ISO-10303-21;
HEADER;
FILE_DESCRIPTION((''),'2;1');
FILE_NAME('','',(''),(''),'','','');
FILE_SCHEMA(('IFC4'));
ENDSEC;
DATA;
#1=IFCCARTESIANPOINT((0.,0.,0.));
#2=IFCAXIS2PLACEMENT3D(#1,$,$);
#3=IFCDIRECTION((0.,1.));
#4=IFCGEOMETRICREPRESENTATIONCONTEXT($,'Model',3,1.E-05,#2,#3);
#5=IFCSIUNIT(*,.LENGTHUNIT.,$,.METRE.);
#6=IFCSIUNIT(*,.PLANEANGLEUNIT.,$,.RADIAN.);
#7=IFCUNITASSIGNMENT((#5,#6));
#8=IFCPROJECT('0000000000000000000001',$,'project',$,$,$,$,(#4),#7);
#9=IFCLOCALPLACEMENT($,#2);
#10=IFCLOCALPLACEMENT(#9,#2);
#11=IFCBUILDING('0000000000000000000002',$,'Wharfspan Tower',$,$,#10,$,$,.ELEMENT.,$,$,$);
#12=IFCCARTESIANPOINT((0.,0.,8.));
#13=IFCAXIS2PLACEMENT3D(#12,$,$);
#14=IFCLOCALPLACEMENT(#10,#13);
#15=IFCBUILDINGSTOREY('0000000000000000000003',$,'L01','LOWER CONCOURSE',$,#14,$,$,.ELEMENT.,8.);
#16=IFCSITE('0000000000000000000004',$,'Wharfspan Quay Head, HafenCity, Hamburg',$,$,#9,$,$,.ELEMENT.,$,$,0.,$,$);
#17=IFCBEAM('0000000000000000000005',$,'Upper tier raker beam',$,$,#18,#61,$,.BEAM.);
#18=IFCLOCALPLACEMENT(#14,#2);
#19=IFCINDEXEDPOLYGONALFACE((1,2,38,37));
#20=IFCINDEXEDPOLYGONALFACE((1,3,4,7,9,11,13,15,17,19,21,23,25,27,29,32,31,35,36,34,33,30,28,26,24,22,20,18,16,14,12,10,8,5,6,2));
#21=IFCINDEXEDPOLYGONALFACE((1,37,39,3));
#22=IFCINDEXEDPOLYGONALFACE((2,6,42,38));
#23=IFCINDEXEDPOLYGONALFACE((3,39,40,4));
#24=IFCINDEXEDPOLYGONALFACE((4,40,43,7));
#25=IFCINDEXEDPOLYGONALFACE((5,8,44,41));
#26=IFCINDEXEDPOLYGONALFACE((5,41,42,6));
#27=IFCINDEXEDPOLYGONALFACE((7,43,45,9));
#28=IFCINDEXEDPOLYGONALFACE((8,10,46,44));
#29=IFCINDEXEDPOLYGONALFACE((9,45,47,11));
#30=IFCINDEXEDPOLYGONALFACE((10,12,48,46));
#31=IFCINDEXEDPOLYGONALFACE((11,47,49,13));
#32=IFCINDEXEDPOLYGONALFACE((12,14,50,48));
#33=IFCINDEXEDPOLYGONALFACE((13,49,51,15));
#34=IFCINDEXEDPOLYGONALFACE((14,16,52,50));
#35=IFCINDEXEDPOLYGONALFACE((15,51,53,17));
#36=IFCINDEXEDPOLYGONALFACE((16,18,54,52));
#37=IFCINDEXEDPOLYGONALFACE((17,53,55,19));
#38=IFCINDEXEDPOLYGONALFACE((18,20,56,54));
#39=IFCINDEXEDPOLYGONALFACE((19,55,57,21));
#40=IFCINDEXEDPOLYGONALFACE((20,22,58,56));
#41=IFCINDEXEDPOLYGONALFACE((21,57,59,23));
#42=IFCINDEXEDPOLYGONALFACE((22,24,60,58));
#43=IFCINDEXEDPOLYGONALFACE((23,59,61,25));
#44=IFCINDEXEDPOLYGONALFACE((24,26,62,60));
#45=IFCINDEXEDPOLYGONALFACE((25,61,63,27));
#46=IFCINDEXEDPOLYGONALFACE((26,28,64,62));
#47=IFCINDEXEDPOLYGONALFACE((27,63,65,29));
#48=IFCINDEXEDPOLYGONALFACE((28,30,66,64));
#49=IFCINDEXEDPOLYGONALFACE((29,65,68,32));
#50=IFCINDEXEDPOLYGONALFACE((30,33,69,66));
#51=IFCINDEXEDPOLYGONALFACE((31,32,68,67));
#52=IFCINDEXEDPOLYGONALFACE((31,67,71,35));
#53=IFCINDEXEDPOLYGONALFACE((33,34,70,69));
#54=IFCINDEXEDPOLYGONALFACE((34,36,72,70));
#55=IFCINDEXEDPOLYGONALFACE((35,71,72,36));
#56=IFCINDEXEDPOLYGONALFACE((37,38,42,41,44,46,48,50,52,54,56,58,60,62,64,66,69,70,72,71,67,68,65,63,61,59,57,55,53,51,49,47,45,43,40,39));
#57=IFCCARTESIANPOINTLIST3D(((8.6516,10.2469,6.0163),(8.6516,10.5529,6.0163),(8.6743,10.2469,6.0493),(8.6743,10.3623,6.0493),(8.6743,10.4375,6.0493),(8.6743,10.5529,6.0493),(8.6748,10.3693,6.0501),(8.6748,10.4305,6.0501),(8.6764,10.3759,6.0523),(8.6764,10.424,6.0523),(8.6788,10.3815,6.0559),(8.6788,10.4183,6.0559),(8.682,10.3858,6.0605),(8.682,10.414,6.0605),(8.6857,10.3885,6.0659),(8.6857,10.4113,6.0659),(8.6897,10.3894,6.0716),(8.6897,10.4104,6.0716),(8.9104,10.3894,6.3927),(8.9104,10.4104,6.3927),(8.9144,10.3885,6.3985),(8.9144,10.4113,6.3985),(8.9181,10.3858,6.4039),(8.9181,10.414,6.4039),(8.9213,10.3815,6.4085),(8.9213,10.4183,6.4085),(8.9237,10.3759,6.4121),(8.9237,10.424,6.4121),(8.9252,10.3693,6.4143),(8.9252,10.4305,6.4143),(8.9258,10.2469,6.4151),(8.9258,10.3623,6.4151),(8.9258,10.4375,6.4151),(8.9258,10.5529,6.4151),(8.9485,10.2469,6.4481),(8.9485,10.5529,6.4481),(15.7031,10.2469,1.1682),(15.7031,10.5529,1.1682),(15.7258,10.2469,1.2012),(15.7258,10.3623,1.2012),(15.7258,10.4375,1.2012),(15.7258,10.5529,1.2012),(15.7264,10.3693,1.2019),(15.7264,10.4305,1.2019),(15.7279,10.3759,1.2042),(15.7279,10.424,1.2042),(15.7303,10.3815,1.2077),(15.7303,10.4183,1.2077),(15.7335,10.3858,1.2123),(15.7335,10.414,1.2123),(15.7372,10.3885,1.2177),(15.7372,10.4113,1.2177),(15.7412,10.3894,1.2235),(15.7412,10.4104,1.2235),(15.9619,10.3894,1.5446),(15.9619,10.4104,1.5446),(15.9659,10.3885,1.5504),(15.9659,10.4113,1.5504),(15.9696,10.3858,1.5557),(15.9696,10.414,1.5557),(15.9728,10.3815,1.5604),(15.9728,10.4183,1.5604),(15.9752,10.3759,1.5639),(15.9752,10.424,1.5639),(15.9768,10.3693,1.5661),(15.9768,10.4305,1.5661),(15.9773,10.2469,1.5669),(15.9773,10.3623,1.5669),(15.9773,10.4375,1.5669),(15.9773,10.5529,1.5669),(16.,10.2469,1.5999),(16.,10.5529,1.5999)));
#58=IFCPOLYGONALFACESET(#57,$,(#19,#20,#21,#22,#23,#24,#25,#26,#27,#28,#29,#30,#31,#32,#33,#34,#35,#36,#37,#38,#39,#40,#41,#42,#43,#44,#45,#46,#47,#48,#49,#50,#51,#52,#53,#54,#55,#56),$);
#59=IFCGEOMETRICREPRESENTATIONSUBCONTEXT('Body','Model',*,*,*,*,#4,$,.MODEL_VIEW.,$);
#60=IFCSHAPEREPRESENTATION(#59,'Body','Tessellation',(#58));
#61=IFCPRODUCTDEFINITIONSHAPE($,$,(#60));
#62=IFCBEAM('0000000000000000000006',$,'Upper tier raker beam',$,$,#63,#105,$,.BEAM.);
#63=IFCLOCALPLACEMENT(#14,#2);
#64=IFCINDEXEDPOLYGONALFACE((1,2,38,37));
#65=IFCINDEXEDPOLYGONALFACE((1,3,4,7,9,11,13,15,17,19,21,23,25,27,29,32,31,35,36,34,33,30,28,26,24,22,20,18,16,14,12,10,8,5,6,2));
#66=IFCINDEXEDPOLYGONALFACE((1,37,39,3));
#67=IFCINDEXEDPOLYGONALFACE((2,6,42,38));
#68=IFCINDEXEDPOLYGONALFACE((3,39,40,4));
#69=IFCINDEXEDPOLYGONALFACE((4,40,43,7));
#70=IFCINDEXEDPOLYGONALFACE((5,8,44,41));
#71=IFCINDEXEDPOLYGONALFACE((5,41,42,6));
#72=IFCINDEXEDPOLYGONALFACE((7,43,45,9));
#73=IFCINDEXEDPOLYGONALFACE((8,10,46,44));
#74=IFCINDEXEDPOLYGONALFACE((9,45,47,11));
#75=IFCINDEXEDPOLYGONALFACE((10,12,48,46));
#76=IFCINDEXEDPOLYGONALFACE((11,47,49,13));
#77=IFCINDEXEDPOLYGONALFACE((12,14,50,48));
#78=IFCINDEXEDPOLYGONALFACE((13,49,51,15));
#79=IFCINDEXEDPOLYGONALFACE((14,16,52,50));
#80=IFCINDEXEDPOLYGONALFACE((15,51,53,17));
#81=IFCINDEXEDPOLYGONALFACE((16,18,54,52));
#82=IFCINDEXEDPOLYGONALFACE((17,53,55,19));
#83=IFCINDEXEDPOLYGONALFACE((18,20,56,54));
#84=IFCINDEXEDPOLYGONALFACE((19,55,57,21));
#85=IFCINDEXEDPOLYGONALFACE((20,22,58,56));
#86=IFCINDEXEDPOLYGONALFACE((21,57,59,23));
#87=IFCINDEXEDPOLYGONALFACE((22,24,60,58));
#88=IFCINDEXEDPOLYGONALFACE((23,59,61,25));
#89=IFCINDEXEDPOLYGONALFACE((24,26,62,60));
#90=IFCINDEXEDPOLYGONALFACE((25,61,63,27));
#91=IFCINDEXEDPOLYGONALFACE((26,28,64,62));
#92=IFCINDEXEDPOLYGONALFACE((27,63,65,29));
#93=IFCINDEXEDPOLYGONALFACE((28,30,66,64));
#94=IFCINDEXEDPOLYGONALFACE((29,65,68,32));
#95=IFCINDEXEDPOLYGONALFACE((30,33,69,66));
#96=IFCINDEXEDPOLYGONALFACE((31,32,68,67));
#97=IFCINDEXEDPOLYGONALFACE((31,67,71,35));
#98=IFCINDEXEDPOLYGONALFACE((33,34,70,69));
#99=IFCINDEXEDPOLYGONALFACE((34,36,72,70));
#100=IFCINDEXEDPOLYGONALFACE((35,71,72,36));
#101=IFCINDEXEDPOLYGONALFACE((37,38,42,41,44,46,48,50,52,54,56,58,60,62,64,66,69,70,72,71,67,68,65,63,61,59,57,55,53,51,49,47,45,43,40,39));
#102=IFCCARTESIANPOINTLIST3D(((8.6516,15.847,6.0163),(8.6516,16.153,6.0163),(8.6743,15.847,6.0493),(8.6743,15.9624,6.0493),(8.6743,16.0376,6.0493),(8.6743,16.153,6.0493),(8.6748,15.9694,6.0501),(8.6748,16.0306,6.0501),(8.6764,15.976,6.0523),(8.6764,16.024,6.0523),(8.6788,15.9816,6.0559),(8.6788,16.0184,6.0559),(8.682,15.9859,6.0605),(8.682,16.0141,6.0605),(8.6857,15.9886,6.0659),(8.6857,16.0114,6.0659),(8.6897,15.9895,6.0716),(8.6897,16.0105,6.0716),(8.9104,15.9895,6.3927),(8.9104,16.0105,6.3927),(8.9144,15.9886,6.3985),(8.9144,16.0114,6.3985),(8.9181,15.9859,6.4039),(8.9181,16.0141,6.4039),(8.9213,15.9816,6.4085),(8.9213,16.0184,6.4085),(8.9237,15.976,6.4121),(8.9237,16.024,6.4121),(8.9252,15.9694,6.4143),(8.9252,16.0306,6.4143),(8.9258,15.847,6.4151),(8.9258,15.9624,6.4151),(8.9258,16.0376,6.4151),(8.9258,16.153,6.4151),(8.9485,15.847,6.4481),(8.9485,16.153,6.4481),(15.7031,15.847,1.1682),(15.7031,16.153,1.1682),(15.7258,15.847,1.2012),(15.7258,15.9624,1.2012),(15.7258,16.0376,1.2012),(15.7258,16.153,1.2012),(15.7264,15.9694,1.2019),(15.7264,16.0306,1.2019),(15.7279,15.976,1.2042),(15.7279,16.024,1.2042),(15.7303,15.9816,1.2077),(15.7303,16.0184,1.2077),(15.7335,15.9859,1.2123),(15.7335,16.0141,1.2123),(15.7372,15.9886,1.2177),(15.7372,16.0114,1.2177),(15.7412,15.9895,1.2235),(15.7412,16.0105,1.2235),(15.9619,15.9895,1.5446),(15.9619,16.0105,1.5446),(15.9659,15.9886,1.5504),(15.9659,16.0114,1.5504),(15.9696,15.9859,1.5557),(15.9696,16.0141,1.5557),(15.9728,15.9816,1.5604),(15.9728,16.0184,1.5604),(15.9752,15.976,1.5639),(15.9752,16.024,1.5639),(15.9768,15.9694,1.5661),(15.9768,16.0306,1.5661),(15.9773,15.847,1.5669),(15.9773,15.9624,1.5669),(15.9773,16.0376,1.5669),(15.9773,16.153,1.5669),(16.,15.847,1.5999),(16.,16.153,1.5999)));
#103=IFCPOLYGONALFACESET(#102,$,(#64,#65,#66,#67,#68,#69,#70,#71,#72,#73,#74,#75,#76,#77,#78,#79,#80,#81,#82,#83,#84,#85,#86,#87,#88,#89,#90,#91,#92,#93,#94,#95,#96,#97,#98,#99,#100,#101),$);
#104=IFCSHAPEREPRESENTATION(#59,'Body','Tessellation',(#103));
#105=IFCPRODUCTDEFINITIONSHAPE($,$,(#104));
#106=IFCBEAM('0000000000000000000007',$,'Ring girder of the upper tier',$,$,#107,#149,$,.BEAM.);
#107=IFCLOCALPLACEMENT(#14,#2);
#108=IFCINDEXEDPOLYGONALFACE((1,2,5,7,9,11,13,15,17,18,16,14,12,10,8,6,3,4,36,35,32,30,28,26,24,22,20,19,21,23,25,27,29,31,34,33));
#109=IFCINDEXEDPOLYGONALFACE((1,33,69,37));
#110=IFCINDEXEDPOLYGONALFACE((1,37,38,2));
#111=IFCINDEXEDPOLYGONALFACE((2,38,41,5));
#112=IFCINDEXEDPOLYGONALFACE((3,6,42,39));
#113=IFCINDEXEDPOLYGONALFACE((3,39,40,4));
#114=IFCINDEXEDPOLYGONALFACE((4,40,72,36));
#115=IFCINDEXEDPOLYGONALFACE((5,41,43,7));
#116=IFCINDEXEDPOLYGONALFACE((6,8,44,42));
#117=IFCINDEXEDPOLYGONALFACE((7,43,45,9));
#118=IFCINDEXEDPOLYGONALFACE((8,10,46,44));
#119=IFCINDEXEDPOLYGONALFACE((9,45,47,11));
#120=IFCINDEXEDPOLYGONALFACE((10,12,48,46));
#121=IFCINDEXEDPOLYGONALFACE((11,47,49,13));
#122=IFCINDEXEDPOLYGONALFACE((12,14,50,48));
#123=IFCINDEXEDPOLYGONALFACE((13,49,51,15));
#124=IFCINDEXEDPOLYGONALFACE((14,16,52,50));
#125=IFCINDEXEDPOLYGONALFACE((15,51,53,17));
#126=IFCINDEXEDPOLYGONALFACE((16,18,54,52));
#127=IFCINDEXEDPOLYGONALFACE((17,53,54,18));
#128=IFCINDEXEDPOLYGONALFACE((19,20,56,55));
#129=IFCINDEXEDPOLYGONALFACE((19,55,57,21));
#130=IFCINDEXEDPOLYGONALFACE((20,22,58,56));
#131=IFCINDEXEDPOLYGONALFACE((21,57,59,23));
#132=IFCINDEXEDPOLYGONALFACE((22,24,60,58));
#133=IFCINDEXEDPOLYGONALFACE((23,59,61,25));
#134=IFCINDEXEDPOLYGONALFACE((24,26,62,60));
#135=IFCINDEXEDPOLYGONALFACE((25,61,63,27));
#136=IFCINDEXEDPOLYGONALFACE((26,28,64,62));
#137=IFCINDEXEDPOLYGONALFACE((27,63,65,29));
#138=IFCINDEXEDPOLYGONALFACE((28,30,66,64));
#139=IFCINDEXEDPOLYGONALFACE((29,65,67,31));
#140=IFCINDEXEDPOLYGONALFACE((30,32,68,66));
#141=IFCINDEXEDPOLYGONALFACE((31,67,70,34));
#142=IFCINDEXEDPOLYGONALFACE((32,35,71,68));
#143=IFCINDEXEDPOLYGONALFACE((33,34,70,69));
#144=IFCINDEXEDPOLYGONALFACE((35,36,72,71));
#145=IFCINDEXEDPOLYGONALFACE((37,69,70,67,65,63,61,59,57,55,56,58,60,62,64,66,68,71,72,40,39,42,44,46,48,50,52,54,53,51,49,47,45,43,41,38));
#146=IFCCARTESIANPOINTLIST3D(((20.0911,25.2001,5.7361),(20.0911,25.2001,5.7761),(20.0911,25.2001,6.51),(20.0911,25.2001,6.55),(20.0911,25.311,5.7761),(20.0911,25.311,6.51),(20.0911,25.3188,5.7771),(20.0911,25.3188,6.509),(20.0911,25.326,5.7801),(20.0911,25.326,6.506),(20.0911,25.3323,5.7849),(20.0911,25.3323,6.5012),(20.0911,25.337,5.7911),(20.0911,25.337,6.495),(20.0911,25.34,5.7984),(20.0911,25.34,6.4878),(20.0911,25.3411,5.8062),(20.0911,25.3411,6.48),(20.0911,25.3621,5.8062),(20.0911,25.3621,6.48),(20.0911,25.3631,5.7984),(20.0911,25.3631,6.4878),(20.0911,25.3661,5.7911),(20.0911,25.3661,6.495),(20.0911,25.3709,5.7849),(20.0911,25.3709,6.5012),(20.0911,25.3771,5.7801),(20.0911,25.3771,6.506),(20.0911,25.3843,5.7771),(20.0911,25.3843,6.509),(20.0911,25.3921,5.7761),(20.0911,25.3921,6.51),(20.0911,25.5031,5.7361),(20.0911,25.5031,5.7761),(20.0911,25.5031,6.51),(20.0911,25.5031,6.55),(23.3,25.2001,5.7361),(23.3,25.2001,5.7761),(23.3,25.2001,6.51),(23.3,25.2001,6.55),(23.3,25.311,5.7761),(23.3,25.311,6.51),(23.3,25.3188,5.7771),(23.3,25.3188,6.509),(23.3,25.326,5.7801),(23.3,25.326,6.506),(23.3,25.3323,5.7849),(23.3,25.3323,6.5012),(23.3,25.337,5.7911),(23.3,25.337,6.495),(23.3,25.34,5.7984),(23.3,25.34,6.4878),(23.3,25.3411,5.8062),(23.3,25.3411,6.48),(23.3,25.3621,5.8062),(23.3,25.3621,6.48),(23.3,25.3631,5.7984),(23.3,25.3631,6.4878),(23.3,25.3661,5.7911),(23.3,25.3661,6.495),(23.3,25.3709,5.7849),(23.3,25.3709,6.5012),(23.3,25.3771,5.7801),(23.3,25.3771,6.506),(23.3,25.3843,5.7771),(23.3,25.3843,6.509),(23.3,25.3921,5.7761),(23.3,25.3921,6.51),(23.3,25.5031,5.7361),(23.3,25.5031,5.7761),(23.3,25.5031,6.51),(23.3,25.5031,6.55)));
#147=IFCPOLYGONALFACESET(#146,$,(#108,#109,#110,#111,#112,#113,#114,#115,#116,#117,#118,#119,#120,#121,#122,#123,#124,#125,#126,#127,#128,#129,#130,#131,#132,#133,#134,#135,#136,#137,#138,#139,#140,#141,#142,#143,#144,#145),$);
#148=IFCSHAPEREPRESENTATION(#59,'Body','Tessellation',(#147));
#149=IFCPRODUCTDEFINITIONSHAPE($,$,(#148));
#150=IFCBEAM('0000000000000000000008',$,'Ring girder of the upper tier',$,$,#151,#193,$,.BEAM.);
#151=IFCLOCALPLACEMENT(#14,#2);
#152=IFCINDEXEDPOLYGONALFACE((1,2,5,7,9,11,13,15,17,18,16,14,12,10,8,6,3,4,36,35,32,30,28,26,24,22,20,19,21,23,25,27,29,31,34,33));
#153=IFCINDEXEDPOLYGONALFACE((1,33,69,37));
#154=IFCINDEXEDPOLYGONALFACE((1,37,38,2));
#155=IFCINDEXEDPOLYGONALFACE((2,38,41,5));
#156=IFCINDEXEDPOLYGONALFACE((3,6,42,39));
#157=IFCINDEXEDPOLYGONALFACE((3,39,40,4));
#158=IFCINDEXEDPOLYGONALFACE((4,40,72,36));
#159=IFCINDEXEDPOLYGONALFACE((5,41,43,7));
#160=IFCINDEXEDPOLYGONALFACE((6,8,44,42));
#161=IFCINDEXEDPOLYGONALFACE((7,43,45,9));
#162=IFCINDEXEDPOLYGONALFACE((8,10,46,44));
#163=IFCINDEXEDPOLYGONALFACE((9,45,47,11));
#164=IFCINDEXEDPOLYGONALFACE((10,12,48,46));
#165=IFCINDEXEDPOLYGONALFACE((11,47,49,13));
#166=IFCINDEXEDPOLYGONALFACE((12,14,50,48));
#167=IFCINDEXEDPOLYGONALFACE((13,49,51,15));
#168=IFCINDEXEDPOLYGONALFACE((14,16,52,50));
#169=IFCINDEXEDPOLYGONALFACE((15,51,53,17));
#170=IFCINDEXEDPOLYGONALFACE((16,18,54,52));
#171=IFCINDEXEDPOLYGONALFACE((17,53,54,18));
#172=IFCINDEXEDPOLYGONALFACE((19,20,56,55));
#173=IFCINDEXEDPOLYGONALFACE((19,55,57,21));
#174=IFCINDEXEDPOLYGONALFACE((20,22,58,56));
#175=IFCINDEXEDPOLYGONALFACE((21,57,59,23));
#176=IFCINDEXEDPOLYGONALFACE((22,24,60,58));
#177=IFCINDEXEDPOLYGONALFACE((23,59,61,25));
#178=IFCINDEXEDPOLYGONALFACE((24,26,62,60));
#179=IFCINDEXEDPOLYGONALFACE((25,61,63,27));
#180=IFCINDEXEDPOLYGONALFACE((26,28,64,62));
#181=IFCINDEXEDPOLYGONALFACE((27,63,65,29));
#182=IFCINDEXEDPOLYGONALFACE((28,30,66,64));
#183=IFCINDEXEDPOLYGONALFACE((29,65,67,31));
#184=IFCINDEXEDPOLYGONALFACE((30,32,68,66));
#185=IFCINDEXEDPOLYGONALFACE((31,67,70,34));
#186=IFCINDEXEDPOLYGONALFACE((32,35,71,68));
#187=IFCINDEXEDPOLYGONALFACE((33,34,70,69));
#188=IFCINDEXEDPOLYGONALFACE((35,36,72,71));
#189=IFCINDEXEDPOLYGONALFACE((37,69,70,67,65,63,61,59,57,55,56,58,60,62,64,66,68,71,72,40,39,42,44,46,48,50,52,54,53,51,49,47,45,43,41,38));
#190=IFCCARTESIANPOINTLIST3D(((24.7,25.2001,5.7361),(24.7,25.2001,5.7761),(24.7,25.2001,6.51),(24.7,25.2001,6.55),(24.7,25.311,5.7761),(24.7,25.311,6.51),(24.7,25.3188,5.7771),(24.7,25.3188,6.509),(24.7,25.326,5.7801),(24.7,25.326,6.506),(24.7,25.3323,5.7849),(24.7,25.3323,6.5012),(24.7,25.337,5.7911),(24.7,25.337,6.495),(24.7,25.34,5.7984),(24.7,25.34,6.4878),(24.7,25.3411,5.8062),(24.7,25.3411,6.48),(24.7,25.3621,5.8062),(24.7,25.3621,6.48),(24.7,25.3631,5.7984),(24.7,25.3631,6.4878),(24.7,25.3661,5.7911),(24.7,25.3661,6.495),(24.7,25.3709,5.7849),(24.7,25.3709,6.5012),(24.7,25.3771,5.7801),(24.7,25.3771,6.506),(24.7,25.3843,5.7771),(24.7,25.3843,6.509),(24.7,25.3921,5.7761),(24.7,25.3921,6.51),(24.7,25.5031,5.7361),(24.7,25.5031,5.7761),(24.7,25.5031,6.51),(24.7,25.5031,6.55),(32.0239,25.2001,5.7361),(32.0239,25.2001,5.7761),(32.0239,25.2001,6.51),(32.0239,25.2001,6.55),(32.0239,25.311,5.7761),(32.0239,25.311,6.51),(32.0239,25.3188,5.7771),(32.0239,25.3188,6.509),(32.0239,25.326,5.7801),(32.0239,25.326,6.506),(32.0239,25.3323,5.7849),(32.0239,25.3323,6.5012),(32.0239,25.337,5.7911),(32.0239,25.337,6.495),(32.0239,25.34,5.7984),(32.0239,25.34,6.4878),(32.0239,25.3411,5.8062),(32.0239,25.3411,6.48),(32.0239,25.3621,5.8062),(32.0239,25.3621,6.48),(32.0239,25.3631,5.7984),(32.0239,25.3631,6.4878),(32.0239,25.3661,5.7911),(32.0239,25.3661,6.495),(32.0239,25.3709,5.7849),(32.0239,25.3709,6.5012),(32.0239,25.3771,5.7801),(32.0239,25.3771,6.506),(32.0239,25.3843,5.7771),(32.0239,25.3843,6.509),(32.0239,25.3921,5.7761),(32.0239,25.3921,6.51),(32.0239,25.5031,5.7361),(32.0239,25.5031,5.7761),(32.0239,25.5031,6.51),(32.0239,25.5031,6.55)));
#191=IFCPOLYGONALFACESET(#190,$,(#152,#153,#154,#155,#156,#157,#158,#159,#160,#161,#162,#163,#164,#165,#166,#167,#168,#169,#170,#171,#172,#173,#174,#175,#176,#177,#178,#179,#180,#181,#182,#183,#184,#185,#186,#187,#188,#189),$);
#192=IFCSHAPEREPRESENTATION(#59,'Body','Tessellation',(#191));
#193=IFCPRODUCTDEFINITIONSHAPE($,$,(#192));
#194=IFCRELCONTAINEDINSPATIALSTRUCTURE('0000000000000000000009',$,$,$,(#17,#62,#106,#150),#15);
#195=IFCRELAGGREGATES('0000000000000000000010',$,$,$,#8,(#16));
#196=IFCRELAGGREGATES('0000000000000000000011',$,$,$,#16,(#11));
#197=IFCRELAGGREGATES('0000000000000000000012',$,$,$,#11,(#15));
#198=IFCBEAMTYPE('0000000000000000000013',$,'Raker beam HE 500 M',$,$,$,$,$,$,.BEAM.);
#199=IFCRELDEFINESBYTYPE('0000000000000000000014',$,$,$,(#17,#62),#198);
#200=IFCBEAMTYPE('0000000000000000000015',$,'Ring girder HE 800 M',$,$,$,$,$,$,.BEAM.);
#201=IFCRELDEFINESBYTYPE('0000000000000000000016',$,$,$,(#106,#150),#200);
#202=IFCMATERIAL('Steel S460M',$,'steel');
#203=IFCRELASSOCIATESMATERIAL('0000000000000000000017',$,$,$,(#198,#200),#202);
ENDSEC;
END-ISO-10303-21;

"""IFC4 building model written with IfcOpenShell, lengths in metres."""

from ifc_helpers import new_model, si_unit, direction, frame, origin, origin_2d, place, context, subcontext, project, spatial, i_section, extrude, material, material_profile, profile_set, type_object, element, save


model = new_model("IFC4")

# Units and contexts
model_context = context("Model", 3, precision=1e-05, world=origin(), true_north=direction((0.0, 1.0)))
body_context = subcontext(model_context, "Body", "Model", "MODEL_VIEW")
ifc_project = project(units=[si_unit("LENGTHUNIT", "METRE"), si_unit("PLANEANGLEUNIT", "RADIAN")], contexts=[model_context])

# Site, building, storey
site_placement = place(None, origin())
site = spatial("IfcSite", under=ifc_project, at=site_placement, Name="Wharfspan Quay Head, HafenCity, Hamburg", CompositionType="ELEMENT", RefElevation=0.0)
building_placement = place(site_placement, origin())
building = spatial("IfcBuilding", under=site, at=building_placement, Name="Wharfspan Tower", CompositionType="ELEMENT")
storey_placement = place(building_placement, frame((0.0, 0.0, 8.0)))
storey = spatial("IfcBuildingStorey", under=building, at=storey_placement, Name="L01", Description="LOWER CONCOURSE", CompositionType="ELEMENT", Elevation=8.0)

# Beams
ifc_material_1 = material(Name="Steel S460M", Category="steel")
ifc_material_profile_1 = material_profile(ifc_material_1, i_section(OverallWidth=0.3059, OverallDepth=0.5239, WebThickness=0.021, FlangeThickness=0.04, FilletRadius=0.0271, at=origin_2d()))
ifc_profile_set_1 = profile_set([ifc_material_profile_1], Name="Steel S460M")
beam_type_1 = type_object("IfcBeamType", Name="Raker beam HE 500 M", PredefinedType="BEAM", material=ifc_profile_set_1)
for number, where, z_axis, x_axis, name in (
    (1, (15.8516, 10.3999, 1.384), (-0.824029, 0.0, 0.566547), (0.0, -1.0, 0.0), "Upper tier raker beam"),
    (2, (15.8516, 16.0, 1.384), (-0.824029, 0.0, 0.566547), (0.0, -1.0, 0.0), "Upper tier raker beam"),
):
    element("IfcBeam", number, at=place(storey_placement, frame(where, z_axis=z_axis, x_axis=x_axis)), inside=storey, type_object=beam_type_1, Name=name, PredefinedType="BEAM", context=body_context, shape_type="SweptSolid", body=[
        extrude(i_section(OverallWidth=0.3059, OverallDepth=0.5239, WebThickness=0.021, FlangeThickness=0.04, FilletRadius=0.0271, at=origin_2d()), origin(), (0.0, 0.0, 1.0), 8.5574),
    ])
ifc_material_profile_2 = material_profile(ifc_material_1, i_section(OverallWidth=0.303, OverallDepth=0.814, WebThickness=0.021, FlangeThickness=0.04, FilletRadius=0.03, at=origin_2d()))
ifc_profile_set_2 = profile_set([ifc_material_profile_2], Name="Steel S460M")
beam_type_2 = type_object("IfcBeamType", Name="Ring girder HE 800 M", PredefinedType="BEAM", material=ifc_profile_set_2)
beam_1_placement = place(storey_placement, frame((20.0911, 25.3516, 6.1431), z_axis=(1.0, 0.0, 0.0), x_axis=(0.0, 1.0, 0.0)))
element("IfcBeam", 3, at=beam_1_placement, inside=storey, type_object=beam_type_2, Name="Ring girder of the upper tier", PredefinedType="BEAM", context=body_context, shape_type="SweptSolid", body=[
    extrude(i_section(OverallWidth=0.303, OverallDepth=0.814, WebThickness=0.021, FlangeThickness=0.04, FilletRadius=0.03, at=origin_2d()), origin(), (0.0, 0.0, 1.0), 3.209),
])
beam_2_placement = place(storey_placement, frame((24.7, 25.3516, 6.1431), z_axis=(1.0, 0.0, 0.0), x_axis=(0.0, 1.0, 0.0)))
element("IfcBeam", 4, at=beam_2_placement, inside=storey, type_object=beam_type_2, Name="Ring girder of the upper tier", PredefinedType="BEAM", context=body_context, shape_type="SweptSolid", body=[
    extrude(i_section(OverallWidth=0.303, OverallDepth=0.814, WebThickness=0.021, FlangeThickness=0.04, FilletRadius=0.03, at=origin_2d()), origin(), (0.0, 0.0, 1.0), 7.324),
])

save(model, "model.ifc")
